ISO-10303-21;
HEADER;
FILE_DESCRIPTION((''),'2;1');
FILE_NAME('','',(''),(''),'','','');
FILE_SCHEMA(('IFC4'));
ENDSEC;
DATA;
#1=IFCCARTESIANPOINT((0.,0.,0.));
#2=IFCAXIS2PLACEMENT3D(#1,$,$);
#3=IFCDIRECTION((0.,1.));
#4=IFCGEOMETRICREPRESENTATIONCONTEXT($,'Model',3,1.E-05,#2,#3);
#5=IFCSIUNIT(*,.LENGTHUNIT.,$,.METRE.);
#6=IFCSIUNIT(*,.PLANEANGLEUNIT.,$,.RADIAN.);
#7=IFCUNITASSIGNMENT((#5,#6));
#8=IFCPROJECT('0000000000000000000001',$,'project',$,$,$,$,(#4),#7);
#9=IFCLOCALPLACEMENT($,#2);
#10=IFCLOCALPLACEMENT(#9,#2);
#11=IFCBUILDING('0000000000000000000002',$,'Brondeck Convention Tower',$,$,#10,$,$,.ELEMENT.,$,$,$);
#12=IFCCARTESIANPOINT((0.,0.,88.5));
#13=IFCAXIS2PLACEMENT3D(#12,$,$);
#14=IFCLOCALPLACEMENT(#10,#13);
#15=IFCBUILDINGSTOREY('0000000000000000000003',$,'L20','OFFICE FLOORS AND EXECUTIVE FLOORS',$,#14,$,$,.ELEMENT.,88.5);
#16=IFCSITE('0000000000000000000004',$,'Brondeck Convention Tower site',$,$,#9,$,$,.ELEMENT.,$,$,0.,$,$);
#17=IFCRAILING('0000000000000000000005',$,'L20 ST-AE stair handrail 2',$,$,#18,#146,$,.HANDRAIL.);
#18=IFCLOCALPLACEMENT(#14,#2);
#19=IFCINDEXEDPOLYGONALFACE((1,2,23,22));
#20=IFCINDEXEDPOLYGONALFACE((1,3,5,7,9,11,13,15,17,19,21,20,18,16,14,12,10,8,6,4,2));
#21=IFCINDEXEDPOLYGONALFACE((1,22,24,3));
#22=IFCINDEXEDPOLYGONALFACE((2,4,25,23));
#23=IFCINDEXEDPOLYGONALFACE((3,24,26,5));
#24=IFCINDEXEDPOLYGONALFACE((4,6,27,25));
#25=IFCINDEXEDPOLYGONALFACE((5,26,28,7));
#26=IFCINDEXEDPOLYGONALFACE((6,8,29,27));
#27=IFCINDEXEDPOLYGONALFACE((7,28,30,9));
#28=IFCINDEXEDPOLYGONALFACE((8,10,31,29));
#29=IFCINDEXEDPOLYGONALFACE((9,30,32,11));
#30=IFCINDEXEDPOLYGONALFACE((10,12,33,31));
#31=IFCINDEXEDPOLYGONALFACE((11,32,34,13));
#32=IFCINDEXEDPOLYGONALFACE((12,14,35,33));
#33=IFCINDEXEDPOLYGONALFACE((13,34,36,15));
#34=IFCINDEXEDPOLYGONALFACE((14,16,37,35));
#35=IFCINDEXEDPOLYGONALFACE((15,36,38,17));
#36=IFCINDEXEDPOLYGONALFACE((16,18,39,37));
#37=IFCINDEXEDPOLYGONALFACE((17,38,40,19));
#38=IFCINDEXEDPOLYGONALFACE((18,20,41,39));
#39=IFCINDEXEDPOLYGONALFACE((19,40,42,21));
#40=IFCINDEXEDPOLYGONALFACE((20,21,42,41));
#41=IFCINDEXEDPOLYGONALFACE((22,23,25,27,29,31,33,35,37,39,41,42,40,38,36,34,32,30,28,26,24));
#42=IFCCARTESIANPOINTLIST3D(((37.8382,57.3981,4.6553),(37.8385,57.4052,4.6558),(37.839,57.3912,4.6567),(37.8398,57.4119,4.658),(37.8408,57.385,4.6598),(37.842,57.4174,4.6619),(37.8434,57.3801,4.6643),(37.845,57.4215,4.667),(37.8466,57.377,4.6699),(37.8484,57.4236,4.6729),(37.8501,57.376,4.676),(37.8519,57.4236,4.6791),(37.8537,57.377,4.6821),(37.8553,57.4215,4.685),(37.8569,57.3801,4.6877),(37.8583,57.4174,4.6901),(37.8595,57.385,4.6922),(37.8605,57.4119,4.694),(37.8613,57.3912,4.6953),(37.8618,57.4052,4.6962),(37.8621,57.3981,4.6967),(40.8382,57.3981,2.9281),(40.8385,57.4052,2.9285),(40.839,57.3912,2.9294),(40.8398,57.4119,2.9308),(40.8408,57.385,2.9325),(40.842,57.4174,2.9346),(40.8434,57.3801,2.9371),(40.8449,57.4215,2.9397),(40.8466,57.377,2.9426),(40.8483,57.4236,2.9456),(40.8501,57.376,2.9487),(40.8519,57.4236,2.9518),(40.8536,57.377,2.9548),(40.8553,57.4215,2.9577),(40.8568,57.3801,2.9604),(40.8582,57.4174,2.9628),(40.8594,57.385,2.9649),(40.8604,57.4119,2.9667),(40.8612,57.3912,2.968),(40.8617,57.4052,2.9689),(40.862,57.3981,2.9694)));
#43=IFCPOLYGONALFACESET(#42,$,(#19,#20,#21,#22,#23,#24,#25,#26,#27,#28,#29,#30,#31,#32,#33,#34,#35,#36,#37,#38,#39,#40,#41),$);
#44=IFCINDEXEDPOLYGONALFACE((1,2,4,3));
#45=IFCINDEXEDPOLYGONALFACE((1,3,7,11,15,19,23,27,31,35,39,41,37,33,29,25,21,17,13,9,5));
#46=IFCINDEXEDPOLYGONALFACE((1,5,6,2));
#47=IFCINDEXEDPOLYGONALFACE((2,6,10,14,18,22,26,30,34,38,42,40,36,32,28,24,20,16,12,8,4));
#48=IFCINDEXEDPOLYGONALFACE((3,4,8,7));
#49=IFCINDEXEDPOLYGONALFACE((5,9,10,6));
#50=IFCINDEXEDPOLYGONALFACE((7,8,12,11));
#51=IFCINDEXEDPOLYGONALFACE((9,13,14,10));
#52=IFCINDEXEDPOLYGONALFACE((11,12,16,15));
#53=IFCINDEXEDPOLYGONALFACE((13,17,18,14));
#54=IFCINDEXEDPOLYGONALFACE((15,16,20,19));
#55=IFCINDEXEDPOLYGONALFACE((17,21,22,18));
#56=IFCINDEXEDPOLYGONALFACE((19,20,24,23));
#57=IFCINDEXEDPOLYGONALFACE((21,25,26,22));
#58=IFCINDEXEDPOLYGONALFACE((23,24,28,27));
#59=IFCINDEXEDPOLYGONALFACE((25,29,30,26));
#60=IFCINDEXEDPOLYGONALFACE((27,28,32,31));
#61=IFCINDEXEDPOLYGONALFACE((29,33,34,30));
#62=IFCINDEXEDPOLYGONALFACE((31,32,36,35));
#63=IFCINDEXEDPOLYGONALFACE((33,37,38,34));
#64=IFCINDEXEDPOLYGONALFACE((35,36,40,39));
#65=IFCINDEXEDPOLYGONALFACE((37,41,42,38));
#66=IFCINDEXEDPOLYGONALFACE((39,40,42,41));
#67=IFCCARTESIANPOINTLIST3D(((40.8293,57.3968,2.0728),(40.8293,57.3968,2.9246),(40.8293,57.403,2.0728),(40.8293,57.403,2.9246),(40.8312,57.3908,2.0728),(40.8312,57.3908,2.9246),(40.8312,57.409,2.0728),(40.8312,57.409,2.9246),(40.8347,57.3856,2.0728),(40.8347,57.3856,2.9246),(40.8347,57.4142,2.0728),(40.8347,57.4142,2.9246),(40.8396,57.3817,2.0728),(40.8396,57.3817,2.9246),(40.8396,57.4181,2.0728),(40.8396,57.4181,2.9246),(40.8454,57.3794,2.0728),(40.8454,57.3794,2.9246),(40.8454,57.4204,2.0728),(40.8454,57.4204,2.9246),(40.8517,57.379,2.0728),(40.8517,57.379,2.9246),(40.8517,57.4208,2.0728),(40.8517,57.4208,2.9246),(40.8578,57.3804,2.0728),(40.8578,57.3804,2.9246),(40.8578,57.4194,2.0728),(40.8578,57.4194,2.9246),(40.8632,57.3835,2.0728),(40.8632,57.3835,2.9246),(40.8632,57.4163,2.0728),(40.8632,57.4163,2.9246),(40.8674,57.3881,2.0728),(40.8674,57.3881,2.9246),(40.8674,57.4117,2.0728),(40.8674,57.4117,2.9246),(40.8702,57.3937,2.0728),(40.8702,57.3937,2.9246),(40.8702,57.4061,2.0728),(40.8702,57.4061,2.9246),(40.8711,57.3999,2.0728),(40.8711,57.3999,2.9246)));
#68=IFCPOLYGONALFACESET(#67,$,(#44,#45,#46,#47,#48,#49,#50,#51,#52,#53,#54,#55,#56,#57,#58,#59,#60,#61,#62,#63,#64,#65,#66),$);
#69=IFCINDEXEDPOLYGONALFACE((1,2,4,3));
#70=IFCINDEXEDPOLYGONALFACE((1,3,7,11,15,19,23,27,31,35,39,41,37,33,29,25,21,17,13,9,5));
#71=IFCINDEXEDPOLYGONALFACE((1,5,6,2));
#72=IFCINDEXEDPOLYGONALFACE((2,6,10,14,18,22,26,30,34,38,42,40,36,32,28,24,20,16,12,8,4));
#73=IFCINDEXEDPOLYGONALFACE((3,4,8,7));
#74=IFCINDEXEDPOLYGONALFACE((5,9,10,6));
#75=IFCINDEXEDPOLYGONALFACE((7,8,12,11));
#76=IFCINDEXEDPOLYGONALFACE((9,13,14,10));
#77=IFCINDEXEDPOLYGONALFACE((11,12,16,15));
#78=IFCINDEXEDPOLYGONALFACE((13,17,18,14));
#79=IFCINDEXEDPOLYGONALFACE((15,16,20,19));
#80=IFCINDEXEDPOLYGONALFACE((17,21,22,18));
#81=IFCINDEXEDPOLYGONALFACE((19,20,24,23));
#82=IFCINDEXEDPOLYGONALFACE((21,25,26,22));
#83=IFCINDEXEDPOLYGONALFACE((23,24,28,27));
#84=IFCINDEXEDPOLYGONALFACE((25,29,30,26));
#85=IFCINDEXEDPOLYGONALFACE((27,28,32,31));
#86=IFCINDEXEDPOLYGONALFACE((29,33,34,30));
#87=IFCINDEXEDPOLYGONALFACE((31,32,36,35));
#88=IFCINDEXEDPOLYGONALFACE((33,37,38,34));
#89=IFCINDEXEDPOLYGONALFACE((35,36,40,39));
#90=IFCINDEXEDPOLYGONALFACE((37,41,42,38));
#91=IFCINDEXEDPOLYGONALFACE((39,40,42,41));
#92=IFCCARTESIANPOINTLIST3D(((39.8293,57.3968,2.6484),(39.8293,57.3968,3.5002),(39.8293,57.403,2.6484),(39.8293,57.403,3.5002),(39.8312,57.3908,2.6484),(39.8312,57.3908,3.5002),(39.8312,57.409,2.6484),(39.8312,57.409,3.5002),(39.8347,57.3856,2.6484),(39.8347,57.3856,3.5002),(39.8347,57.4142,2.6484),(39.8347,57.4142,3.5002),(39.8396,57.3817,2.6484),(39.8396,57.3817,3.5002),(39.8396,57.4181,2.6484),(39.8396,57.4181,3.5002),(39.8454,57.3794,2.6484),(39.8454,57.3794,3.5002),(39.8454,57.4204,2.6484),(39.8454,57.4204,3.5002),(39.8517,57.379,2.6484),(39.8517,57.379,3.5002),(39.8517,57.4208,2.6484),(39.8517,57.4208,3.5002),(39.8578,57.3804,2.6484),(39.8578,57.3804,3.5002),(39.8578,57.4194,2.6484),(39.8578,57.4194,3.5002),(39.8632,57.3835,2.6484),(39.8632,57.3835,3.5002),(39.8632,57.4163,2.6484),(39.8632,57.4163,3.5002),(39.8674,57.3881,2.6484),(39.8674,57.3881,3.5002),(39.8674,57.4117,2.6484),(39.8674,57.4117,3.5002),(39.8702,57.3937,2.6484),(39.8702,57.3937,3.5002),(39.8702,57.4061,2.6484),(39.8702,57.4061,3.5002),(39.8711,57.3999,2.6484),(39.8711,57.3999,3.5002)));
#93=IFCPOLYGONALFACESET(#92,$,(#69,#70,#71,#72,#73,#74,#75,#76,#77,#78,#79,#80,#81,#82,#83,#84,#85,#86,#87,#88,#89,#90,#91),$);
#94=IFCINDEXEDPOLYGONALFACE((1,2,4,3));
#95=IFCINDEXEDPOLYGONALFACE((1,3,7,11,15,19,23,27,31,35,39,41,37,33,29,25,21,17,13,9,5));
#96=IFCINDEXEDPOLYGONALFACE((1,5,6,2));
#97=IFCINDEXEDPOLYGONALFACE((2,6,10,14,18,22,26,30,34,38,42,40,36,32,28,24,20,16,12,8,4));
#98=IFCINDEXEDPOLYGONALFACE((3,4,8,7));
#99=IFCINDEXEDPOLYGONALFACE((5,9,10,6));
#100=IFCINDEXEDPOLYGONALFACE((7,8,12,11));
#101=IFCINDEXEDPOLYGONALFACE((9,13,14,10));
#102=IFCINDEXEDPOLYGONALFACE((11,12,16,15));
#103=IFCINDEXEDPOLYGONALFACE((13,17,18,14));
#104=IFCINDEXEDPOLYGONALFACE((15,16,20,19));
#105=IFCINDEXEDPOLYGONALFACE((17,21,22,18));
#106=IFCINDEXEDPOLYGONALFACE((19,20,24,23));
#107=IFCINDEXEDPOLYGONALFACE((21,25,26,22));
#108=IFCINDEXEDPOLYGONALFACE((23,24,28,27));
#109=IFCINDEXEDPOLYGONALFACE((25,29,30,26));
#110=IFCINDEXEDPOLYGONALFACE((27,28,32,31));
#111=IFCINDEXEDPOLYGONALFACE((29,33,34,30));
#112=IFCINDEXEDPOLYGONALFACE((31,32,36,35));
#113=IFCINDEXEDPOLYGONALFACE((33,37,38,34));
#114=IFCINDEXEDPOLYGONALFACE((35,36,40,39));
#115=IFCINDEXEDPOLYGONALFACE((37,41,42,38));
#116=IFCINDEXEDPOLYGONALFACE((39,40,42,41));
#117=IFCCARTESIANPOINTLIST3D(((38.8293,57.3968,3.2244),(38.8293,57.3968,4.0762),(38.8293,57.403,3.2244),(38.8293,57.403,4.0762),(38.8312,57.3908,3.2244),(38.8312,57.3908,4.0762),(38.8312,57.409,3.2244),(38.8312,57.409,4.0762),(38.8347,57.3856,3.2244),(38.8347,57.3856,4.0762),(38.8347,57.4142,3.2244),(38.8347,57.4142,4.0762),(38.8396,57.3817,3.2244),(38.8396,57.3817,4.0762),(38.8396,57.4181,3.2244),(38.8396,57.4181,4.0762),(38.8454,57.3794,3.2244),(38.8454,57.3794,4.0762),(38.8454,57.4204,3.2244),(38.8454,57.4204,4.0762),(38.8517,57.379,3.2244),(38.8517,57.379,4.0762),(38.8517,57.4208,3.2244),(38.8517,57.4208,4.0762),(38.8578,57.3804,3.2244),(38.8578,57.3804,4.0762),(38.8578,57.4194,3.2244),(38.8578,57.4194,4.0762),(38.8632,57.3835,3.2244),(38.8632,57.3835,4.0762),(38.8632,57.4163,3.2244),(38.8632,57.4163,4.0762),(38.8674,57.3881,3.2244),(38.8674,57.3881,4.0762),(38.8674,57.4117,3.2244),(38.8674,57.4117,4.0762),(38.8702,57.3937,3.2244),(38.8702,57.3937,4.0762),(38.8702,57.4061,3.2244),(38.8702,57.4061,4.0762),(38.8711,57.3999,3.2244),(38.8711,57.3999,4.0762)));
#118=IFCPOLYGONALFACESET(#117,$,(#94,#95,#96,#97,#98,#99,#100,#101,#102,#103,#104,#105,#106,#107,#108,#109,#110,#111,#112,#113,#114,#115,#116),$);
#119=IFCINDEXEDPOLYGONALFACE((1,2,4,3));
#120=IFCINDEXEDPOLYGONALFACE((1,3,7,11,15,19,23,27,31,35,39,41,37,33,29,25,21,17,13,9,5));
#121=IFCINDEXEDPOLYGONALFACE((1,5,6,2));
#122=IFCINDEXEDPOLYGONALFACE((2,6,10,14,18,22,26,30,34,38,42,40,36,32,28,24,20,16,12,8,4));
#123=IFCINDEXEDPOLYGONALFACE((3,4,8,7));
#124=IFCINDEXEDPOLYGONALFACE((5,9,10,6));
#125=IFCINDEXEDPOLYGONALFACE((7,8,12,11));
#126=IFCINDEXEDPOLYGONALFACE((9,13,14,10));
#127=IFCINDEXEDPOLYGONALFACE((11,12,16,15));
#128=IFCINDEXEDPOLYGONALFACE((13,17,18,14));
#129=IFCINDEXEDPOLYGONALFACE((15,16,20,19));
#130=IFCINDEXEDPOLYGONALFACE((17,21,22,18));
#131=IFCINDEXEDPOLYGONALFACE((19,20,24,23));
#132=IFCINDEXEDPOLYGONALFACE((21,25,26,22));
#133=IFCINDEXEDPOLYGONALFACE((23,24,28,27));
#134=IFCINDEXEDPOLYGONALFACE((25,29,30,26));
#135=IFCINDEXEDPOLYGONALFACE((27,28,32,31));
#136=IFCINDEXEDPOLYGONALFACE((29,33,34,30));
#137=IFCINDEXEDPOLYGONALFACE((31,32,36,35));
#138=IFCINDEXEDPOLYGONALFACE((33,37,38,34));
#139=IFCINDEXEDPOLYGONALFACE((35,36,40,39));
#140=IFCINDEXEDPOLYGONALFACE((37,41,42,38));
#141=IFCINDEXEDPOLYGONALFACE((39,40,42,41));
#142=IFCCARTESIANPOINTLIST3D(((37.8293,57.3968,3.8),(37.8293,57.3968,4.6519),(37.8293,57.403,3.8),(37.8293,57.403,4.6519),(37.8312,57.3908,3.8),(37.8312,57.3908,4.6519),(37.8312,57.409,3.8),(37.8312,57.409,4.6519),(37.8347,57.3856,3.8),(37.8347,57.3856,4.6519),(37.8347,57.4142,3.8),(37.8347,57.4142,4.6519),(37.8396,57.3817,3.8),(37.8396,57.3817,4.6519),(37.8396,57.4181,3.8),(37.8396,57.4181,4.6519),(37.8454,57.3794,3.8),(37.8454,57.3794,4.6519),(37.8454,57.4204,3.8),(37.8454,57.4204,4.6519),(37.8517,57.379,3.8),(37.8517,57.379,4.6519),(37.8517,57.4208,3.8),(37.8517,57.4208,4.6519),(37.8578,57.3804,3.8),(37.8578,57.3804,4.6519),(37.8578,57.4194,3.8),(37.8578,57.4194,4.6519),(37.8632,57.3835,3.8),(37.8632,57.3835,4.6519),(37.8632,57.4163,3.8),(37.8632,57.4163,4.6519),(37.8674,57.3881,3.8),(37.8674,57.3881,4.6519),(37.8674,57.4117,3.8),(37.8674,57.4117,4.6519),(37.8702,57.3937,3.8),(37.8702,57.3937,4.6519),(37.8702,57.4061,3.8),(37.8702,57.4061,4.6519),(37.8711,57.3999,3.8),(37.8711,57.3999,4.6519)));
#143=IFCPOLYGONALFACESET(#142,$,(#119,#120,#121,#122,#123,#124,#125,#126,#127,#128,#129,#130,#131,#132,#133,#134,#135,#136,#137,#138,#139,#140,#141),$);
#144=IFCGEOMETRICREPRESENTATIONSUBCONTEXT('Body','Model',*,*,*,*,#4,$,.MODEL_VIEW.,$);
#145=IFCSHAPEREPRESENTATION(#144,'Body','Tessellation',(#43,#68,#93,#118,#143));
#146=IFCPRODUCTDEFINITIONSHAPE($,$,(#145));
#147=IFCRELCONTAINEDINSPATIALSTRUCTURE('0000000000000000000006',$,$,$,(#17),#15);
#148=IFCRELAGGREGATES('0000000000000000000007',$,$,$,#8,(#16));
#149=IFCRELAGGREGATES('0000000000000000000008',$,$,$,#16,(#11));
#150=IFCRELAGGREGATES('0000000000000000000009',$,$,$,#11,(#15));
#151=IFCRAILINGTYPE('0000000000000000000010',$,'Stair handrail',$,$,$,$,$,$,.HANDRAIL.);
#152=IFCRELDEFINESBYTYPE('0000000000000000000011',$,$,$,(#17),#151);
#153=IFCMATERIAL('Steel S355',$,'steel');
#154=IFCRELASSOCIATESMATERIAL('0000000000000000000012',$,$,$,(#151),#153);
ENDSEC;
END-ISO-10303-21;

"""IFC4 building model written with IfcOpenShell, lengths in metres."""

from ifc_helpers import new_model, si_unit, direction, frame, origin, origin_2d, place, context, subcontext, project, spatial, circle, extrude, material, type_object, element, save


model = new_model("IFC4")

# Units and contexts
model_context = context("Model", 3, precision=1e-05, world=origin(), true_north=direction((0.0, 1.0)))
body_context = subcontext(model_context, "Body", "Model", "MODEL_VIEW")
ifc_project = project(units=[si_unit("LENGTHUNIT", "METRE"), si_unit("PLANEANGLEUNIT", "RADIAN")], contexts=[model_context])

# Site, building, storey
site_placement = place(None, origin())
site = spatial("IfcSite", under=ifc_project, at=site_placement, Name="Brondeck Convention Tower site", CompositionType="ELEMENT", RefElevation=0.0)
building_placement = place(site_placement, origin())
building = spatial("IfcBuilding", under=site, at=building_placement, Name="Brondeck Convention Tower", CompositionType="ELEMENT")
storey_placement = place(building_placement, frame((0.0, 0.0, 88.5)))
storey = spatial("IfcBuildingStorey", under=building, at=storey_placement, Name="L20", Description="OFFICE FLOORS AND EXECUTIVE FLOORS", CompositionType="ELEMENT", Elevation=88.5)

# Shared definitions
ifc_material_1 = material(Name="Steel S355", Category="steel")

# Railing
railing_type_1 = type_object("IfcRailingType", Name="Stair handrail", PredefinedType="HANDRAIL", material=ifc_material_1)
railing_1_placement = place(storey_placement, frame((40.8501, 57.3999, 2.0728)))
element("IfcRailing", 1, at=railing_1_placement, inside=storey, type_object=railing_type_1, Name="L20 ST-AE stair handrail 2", PredefinedType="HANDRAIL", context=body_context, shape_type="SweptSolid", body=[
    extrude(circle(Radius=0.0239, at=origin_2d()), frame((0.0, 0.0, 0.876), z_axis=(-0.86662, 0.0, 0.498969), x_axis=(0.0, -1.0, 0.0)), (0.0, 0.0, 1.0), 3.4617),
    extrude(circle(Radius=0.021, at=origin_2d()), origin(), (0.0, 0.0, 1.0), 0.8518),
    extrude(circle(Radius=0.021, at=origin_2d()), frame((-1.0, 0.0, 0.5757)), (0.0, 0.0, 1.0), 0.8518),
    extrude(circle(Radius=0.021, at=origin_2d()), frame((-2.0, 0.0, 1.1516)), (0.0, 0.0, 1.0), 0.8518),
    extrude(circle(Radius=0.021, at=origin_2d()), frame((-3.0, 0.0, 1.7273)), (0.0, 0.0, 1.0), 0.8518),
])

save(model, "model.ifc")
